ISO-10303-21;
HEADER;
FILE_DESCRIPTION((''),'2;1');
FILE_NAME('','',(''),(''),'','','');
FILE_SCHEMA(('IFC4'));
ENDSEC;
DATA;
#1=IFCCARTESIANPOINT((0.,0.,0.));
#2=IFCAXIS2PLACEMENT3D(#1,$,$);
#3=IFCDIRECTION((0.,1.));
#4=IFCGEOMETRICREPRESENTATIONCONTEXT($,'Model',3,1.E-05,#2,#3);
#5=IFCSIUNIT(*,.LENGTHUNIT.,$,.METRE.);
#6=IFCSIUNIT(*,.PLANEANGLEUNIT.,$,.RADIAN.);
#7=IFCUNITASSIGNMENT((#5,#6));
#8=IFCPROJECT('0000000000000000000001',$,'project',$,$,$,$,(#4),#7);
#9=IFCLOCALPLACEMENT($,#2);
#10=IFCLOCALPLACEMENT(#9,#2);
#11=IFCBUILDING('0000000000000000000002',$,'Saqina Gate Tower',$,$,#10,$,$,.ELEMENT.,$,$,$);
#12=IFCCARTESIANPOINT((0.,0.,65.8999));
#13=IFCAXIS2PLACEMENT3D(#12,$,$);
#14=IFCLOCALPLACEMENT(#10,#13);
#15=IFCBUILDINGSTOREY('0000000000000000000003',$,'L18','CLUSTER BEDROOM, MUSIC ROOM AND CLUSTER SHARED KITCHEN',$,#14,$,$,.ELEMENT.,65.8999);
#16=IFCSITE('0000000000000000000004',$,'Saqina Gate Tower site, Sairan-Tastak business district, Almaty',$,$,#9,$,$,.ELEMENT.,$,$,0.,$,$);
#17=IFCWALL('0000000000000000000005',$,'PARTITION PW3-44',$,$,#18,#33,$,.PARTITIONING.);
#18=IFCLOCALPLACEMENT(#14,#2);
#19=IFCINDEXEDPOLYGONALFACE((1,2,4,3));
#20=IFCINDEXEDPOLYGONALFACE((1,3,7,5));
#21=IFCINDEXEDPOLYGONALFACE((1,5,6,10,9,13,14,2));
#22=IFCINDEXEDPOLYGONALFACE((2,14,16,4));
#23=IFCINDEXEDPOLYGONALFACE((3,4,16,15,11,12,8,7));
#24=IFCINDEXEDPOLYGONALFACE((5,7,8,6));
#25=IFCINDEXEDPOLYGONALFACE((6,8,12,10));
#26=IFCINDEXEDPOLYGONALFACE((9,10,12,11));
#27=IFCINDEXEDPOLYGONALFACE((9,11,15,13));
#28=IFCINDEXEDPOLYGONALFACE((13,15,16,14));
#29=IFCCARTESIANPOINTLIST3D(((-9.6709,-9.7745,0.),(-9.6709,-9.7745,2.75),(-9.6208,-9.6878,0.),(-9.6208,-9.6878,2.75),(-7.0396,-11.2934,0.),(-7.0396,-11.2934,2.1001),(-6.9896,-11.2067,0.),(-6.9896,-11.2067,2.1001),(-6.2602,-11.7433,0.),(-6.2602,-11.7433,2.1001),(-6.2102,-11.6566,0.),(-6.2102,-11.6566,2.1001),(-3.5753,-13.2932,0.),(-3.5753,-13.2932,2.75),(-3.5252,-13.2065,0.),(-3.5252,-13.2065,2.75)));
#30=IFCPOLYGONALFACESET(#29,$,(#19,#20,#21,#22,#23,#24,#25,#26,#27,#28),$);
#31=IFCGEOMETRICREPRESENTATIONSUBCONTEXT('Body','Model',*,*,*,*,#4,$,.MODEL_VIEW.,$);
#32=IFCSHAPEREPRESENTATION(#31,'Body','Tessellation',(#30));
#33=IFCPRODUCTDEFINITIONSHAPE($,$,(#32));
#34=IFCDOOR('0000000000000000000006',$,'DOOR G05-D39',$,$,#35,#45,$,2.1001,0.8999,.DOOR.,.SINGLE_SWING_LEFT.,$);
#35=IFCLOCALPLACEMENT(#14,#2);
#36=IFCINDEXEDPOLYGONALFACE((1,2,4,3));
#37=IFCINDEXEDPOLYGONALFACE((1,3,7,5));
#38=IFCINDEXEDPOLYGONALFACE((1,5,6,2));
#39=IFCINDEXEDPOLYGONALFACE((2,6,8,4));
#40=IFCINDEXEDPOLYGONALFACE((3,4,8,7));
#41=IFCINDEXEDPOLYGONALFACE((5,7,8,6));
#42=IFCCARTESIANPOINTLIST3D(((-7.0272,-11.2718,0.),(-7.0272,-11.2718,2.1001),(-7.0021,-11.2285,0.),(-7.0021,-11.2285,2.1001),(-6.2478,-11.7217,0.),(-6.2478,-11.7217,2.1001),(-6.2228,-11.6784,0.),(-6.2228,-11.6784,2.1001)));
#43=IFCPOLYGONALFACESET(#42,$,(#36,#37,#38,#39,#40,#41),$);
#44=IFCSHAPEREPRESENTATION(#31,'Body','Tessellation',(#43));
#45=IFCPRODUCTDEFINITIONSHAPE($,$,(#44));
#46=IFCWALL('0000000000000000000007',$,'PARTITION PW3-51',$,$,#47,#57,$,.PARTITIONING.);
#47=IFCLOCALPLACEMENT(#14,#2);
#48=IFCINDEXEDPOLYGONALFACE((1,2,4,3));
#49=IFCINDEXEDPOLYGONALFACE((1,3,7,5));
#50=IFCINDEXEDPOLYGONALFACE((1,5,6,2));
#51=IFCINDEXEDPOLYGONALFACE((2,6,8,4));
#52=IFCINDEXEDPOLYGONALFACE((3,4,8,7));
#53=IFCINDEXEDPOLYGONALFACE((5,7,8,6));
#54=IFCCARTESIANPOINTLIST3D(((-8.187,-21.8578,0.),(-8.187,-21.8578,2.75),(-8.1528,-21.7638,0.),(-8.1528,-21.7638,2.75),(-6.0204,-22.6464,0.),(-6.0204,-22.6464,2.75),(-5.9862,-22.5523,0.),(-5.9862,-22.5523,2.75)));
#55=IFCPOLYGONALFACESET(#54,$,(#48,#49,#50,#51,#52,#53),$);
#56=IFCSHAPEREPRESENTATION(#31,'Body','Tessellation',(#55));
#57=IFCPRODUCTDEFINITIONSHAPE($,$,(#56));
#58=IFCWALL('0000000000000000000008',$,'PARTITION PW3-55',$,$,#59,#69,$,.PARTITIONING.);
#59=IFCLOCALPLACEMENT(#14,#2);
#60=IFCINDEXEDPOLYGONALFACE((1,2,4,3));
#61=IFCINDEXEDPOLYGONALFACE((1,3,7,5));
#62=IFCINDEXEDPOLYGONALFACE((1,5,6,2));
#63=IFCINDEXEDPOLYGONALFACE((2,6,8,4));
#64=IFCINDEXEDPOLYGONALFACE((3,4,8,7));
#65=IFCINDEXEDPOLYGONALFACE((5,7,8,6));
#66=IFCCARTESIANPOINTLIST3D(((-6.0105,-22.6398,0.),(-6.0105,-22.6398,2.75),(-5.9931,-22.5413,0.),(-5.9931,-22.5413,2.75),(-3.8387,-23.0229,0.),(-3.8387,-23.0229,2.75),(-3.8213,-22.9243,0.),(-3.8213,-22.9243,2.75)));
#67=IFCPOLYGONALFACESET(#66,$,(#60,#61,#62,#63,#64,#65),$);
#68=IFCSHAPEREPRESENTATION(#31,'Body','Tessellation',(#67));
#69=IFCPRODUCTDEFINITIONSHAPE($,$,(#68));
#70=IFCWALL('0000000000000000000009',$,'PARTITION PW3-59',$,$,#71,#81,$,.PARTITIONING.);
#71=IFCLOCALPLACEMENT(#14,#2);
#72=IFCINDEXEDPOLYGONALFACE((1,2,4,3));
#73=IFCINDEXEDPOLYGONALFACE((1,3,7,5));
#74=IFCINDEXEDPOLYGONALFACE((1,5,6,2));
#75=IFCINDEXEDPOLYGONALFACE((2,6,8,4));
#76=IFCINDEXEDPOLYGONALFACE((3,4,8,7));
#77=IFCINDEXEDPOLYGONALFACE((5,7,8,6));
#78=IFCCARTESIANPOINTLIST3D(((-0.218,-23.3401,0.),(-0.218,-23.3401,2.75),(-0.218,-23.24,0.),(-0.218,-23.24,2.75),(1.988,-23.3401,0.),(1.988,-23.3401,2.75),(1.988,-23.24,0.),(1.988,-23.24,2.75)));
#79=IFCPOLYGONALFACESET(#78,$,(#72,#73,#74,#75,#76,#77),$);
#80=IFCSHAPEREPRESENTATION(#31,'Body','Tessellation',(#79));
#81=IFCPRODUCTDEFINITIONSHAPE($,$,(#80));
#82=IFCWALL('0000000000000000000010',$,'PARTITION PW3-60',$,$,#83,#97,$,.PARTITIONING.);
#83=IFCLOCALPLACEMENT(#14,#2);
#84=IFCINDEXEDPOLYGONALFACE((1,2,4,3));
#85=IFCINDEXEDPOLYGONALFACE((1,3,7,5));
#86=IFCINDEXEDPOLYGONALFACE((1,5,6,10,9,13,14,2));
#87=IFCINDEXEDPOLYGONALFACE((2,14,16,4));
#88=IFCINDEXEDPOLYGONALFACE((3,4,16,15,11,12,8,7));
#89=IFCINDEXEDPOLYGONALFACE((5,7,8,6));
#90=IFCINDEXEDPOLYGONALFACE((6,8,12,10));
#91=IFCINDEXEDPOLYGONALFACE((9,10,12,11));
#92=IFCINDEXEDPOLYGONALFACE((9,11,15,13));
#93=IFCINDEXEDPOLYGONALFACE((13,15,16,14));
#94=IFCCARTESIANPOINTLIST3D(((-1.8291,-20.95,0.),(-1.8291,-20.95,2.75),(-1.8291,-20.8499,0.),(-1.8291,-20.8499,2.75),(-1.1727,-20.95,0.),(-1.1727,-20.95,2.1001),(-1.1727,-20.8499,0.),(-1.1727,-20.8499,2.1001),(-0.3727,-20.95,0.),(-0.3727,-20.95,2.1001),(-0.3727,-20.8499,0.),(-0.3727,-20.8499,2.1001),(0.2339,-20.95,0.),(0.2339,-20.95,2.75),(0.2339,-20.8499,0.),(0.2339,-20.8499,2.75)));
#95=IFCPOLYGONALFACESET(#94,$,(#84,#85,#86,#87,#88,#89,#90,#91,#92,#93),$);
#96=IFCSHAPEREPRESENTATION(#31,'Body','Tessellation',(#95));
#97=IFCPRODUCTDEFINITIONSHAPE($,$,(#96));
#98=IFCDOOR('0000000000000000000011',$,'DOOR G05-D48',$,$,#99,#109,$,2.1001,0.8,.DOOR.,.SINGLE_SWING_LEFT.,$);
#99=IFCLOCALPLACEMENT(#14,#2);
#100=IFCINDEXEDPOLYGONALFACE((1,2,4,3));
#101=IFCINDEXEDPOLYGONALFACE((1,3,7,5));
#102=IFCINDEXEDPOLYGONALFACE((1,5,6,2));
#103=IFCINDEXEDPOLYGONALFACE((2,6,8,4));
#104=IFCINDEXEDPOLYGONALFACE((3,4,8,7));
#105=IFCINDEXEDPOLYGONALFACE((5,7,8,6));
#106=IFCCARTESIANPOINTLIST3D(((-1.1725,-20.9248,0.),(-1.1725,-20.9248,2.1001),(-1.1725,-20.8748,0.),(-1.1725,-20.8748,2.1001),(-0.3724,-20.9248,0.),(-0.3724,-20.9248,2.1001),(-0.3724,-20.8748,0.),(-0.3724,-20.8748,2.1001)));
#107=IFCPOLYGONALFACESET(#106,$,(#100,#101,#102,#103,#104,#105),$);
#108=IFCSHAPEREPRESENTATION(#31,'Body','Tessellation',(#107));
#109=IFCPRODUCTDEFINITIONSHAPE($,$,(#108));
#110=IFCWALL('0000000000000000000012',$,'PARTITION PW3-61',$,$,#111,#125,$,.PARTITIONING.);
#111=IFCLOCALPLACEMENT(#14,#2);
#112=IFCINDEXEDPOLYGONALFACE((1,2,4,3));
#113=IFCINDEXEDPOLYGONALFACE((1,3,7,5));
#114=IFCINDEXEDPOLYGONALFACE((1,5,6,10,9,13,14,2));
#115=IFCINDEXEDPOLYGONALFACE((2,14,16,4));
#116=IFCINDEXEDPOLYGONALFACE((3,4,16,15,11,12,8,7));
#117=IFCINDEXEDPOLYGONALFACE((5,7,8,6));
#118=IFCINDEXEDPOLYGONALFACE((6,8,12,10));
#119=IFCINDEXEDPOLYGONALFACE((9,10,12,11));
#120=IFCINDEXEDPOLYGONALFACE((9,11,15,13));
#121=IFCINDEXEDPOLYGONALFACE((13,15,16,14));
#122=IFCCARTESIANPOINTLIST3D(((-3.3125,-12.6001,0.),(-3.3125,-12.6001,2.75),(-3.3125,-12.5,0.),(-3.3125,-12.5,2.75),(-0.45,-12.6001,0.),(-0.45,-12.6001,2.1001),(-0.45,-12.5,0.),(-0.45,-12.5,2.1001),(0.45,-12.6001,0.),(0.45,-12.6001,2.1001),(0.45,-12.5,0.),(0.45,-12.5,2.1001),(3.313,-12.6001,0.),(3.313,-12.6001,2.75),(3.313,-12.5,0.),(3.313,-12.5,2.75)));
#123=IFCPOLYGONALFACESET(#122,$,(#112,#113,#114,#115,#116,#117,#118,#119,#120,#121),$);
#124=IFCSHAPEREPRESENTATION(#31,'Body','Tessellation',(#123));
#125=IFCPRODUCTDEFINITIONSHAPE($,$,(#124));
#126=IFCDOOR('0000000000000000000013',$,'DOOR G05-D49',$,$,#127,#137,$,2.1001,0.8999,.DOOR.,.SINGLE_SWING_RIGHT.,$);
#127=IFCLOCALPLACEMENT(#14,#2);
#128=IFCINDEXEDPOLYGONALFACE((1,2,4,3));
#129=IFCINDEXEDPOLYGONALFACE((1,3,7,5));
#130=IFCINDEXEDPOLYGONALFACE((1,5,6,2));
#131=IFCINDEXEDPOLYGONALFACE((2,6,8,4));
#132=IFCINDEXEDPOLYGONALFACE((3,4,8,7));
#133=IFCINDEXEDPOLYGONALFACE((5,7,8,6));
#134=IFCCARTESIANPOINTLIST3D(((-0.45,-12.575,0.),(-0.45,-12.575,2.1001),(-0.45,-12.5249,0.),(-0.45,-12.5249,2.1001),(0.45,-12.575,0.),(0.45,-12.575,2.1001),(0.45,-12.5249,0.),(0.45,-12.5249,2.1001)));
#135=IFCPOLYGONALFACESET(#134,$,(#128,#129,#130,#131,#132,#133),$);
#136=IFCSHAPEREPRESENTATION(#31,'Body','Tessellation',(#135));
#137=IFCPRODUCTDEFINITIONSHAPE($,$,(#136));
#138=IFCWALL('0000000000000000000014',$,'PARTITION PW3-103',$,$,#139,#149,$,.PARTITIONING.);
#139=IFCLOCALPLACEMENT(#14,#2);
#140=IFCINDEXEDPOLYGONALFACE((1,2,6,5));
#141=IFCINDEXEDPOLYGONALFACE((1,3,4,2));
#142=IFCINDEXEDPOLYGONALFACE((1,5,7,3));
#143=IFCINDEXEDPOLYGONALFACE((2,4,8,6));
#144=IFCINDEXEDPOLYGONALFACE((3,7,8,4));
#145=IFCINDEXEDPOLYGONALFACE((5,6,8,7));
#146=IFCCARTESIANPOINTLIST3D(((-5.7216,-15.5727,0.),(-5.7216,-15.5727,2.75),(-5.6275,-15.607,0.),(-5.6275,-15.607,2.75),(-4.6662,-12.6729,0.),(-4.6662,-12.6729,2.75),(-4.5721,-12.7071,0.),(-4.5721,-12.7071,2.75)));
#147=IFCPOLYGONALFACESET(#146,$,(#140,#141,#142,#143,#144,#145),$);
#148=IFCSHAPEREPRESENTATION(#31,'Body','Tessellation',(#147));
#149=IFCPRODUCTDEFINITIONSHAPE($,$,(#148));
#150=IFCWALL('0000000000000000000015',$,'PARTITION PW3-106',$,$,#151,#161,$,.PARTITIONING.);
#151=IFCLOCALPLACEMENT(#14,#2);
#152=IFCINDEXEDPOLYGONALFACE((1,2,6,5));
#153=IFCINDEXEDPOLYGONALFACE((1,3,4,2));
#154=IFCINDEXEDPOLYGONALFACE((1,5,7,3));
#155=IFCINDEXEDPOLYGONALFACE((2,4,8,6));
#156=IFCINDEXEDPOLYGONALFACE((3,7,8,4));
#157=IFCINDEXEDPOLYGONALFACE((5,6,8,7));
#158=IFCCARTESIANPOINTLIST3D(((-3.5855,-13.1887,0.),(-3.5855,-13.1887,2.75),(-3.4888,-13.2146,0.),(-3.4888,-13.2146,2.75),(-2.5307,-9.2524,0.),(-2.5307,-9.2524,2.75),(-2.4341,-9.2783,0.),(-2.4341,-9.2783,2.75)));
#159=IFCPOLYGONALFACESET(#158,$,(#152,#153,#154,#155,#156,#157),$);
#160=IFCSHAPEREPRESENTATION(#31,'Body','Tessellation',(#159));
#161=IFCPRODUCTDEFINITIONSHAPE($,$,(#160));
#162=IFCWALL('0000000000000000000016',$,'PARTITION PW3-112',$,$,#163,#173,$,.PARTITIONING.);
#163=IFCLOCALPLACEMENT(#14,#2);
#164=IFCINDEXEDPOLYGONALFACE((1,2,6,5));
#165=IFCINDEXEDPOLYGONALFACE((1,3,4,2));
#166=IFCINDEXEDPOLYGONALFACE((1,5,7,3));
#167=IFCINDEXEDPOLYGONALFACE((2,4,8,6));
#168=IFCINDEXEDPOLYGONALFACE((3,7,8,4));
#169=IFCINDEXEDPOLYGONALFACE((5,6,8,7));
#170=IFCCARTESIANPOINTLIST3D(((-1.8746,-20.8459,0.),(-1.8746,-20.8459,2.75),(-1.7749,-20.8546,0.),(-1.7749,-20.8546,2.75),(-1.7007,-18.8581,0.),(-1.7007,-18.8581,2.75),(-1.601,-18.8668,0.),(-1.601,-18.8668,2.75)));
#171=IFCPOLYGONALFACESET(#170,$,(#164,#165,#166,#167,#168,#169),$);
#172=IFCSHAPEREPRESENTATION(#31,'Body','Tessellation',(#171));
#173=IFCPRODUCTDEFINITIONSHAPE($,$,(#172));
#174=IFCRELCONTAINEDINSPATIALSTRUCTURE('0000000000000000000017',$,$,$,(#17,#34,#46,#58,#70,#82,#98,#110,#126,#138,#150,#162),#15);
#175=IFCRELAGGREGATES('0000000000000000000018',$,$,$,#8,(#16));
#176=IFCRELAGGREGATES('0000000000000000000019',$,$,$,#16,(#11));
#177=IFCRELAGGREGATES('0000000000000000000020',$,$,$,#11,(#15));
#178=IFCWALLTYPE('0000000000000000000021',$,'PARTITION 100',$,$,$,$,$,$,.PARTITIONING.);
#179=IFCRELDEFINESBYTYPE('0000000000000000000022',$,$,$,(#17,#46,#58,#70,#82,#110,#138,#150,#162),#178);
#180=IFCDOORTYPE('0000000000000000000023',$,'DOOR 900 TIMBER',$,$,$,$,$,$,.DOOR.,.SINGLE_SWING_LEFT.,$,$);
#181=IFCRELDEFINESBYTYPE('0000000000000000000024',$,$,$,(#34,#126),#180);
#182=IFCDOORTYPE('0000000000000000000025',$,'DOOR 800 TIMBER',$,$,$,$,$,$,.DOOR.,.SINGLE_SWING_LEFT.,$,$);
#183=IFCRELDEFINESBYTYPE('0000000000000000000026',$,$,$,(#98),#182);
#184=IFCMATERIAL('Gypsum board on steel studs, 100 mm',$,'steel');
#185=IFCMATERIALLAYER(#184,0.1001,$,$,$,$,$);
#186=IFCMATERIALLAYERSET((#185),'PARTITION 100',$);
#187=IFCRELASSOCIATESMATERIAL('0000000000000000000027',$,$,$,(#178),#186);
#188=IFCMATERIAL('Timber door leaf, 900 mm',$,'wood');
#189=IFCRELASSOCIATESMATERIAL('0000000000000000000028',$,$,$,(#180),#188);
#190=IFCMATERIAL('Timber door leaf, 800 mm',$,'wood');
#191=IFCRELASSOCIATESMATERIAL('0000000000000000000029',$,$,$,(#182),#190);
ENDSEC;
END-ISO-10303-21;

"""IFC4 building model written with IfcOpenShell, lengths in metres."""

from ifc_helpers import new_model, si_unit, direction, frame, frame_2d, origin, place, context, subcontext, project, spatial, rectangle, extrude, material, layer, layer_set, type_object, element, fill, save


model = new_model("IFC4")

# Units and contexts
model_context = context("Model", 3, precision=1e-05, world=origin(), true_north=direction((0.0, 1.0)))
body_context = subcontext(model_context, "Body", "Model", "MODEL_VIEW")
ifc_project = project(units=[si_unit("LENGTHUNIT", "METRE"), si_unit("PLANEANGLEUNIT", "RADIAN")], contexts=[model_context])

# Site, building, storey
site_placement = place(None, origin())
site = spatial("IfcSite", under=ifc_project, at=site_placement, Name="Saqina Gate Tower site, Sairan-Tastak business district, Almaty", CompositionType="ELEMENT", RefElevation=0.0)
building_placement = place(site_placement, origin())
building = spatial("IfcBuilding", under=site, at=building_placement, Name="Saqina Gate Tower", CompositionType="ELEMENT")
storey_placement = place(building_placement, frame((0.0, 0.0, 65.8999)))
storey = spatial("IfcBuildingStorey", under=building, at=storey_placement, Name="L18", Description="CLUSTER BEDROOM, MUSIC ROOM AND CLUSTER SHARED KITCHEN", CompositionType="ELEMENT", Elevation=65.8999)

# Wall, opening, door
ifc_material_1 = material(Name="Gypsum board on steel studs, 100 mm", Category="steel")
ifc_layer_1 = layer(ifc_material_1, 0.1001)
ifc_layer_set_1 = layer_set([ifc_layer_1], Name="PARTITION 100")
wall_type_1 = type_object("IfcWallType", Name="PARTITION 100", PredefinedType="PARTITIONING", material=ifc_layer_set_1)
wall_1_placement = place(storey_placement, frame((-9.6458, -9.7312, 0.0), z_axis=(0.0, 0.0, 1.0), x_axis=(0.86606, -0.499941, 0.0)))
wall_1 = element("IfcWall", 1, at=wall_1_placement, inside=storey, type_object=wall_type_1, Name="PARTITION PW3-44", PredefinedType="PARTITIONING", context=body_context, shape_type="SweptSolid", body=[
    extrude(rectangle(XDim=7.0383, YDim=0.1001, at=frame_2d((3.519, 0.0))), origin(), (0.0, 0.0, 1.0), 2.75),
])
opening_1_placement = place(wall_1_placement, frame((3.0381, 0.0, 0.0)))
opening_1 = element("IfcOpeningElement", 2, at=opening_1_placement, cuts=wall_1, PredefinedType="OPENING", context=body_context, shape_type="SweptSolid", body=[
    extrude(rectangle(XDim=0.8999, YDim=2.1001, at=frame_2d((0.45, 1.05))), frame((0.0, 0.062, 0.0), z_axis=(0.0, -1.0, 0.0), x_axis=(1.0, 0.0, 0.0)), (0.0, 0.0, 1.0), 0.124),
])
ifc_material_2 = material(Name="Timber door leaf, 900 mm", Category="wood")
door_type_1 = type_object("IfcDoorType", Name="DOOR 900 TIMBER", OperationType="SINGLE_SWING_LEFT", PredefinedType="DOOR", material=ifc_material_2)
door_1_placement = place(opening_1_placement, origin())
door_1 = element("IfcDoor", 3, at=door_1_placement, inside=storey, type_object=door_type_1, Name="DOOR G05-D39", OperationType="SINGLE_SWING_LEFT", OverallHeight=2.1001, OverallWidth=0.8999, PredefinedType="DOOR", context=body_context, shape_type="SweptSolid", body=[
    extrude(rectangle(XDim=0.8999, YDim=2.1001, at=frame_2d((0.45, 1.05))), frame((0.0, 0.0249, 0.0), z_axis=(0.0, -1.0, 0.0), x_axis=(1.0, 0.0, 0.0)), (0.0, 0.0, 1.0), 0.05),
])
fill(opening_1, door_1)

# Walls
wall_2_placement = place(storey_placement, frame((-8.1699, -21.8108, 0.0), z_axis=(0.0, 0.0, 1.0), x_axis=(0.939701, -0.341998, 0.0)))
element("IfcWall", 4, at=wall_2_placement, inside=storey, type_object=wall_type_1, Name="PARTITION PW3-51", PredefinedType="PARTITIONING", context=body_context, shape_type="SweptSolid", body=[
    extrude(rectangle(XDim=2.3057, YDim=0.1001, at=frame_2d((1.1528, 0.0))), origin(), (0.0, 0.0, 1.0), 2.75),
])
wall_3_placement = place(storey_placement, frame((-6.0017, -22.5906, 0.0), z_axis=(0.0, 0.0, 1.0), x_axis=(0.9848, -0.173691, 0.0)))
element("IfcWall", 5, at=wall_3_placement, inside=storey, type_object=wall_type_1, Name="PARTITION PW3-55", PredefinedType="PARTITIONING", context=body_context, shape_type="SweptSolid", body=[
    extrude(rectangle(XDim=2.2053, YDim=0.1001, at=frame_2d((1.1025, 0.0))), origin(), (0.0, 0.0, 1.0), 2.75),
])
wall_4_placement = place(storey_placement, frame((-0.218, -23.29, 0.0), z_axis=(0.0, 0.0, 1.0), x_axis=(1.0, 0.0, 0.0)))
element("IfcWall", 6, at=wall_4_placement, inside=storey, type_object=wall_type_1, Name="PARTITION PW3-59", PredefinedType="PARTITIONING", context=body_context, shape_type="SweptSolid", body=[
    extrude(rectangle(XDim=2.2061, YDim=0.1001, at=frame_2d((1.103, 0.0))), origin(), (0.0, 0.0, 1.0), 2.75),
])

# Walls, openings, doors
wall_5_placement = place(storey_placement, frame((-1.8291, -20.8999, 0.0), z_axis=(0.0, 0.0, 1.0), x_axis=(1.0, 0.0, 0.0)))
wall_5 = element("IfcWall", 7, at=wall_5_placement, inside=storey, type_object=wall_type_1, Name="PARTITION PW3-60", PredefinedType="PARTITIONING", context=body_context, shape_type="SweptSolid", body=[
    extrude(rectangle(XDim=2.063, YDim=0.1001, at=frame_2d((1.0315, 0.0))), origin(), (0.0, 0.0, 1.0), 2.75),
])
opening_2_placement = place(wall_5_placement, frame((0.6565, 0.0, 0.0)))
opening_2 = element("IfcOpeningElement", 8, at=opening_2_placement, cuts=wall_5, PredefinedType="OPENING", context=body_context, shape_type="SweptSolid", body=[
    extrude(rectangle(XDim=0.8, YDim=2.1001, at=frame_2d((0.3999, 1.05))), frame((0.0, 0.062, 0.0), z_axis=(0.0, -1.0, 0.0), x_axis=(1.0, 0.0, 0.0)), (0.0, 0.0, 1.0), 0.124),
])
ifc_material_3 = material(Name="Timber door leaf, 800 mm", Category="wood")
door_type_2 = type_object("IfcDoorType", Name="DOOR 800 TIMBER", OperationType="SINGLE_SWING_LEFT", PredefinedType="DOOR", material=ifc_material_3)
door_2_placement = place(opening_2_placement, frame((0.8, 0.0, 0.0), z_axis=(0.0, 0.0, 1.0), x_axis=(-1.0, 0.0, 0.0)))
door_2 = element("IfcDoor", 9, at=door_2_placement, inside=storey, type_object=door_type_2, Name="DOOR G05-D48", OperationType="SINGLE_SWING_LEFT", OverallHeight=2.1001, OverallWidth=0.8, PredefinedType="DOOR", context=body_context, shape_type="SweptSolid", body=[
    extrude(rectangle(XDim=0.8, YDim=2.1001, at=frame_2d((0.3999, 1.05))), frame((0.0, 0.0249, 0.0), z_axis=(0.0, -1.0, 0.0), x_axis=(1.0, 0.0, 0.0)), (0.0, 0.0, 1.0), 0.05),
])
fill(opening_2, door_2)
wall_6_placement = place(storey_placement, frame((-3.3125, -12.55, 0.0), z_axis=(0.0, 0.0, 1.0), x_axis=(1.0, 0.0, 0.0)))
wall_6 = element("IfcWall", 10, at=wall_6_placement, inside=storey, type_object=wall_type_1, Name="PARTITION PW3-61", PredefinedType="PARTITIONING", context=body_context, shape_type="SweptSolid", body=[
    extrude(rectangle(XDim=6.6255, YDim=0.1001, at=frame_2d((3.3127, 0.0))), origin(), (0.0, 0.0, 1.0), 2.75),
])
opening_3_placement = place(wall_6_placement, frame((2.8625, 0.0, 0.0)))
opening_3 = element("IfcOpeningElement", 11, at=opening_3_placement, cuts=wall_6, PredefinedType="OPENING", context=body_context, shape_type="SweptSolid", body=[
    extrude(rectangle(XDim=0.8999, YDim=2.1001, at=frame_2d((0.45, 1.05))), frame((0.0, 0.062, 0.0), z_axis=(0.0, -1.0, 0.0), x_axis=(1.0, 0.0, 0.0)), (0.0, 0.0, 1.0), 0.124),
])
door_3_placement = place(opening_3_placement, frame((0.8999, 0.0, 0.0), z_axis=(0.0, 0.0, 1.0), x_axis=(-1.0, 0.0, 0.0)))
door_3 = element("IfcDoor", 12, at=door_3_placement, inside=storey, type_object=door_type_1, Name="DOOR G05-D49", OperationType="SINGLE_SWING_RIGHT", OverallHeight=2.1001, OverallWidth=0.8999, PredefinedType="DOOR", context=body_context, shape_type="SweptSolid", body=[
    extrude(rectangle(XDim=0.8999, YDim=2.1001, at=frame_2d((0.45, 1.05))), frame((0.0, 0.0249, 0.0), z_axis=(0.0, -1.0, 0.0), x_axis=(1.0, 0.0, 0.0)), (0.0, 0.0, 1.0), 0.05),
])
fill(opening_3, door_3)

# Walls
wall_7_placement = place(storey_placement, frame((-5.6746, -15.5898, 0.0), z_axis=(0.0, 0.0, 1.0), x_axis=(0.342003, 0.939699, 0.0)))
element("IfcWall", 13, at=wall_7_placement, inside=storey, type_object=wall_type_1, Name="PARTITION PW3-103", PredefinedType="PARTITIONING", context=body_context, shape_type="SweptSolid", body=[
    extrude(rectangle(XDim=3.0859, YDim=0.1001, at=frame_2d((1.543, 0.0))), origin(), (0.0, 0.0, 1.0), 2.75),
])
wall_8_placement = place(storey_placement, frame((-3.5371, -13.2017, 0.0), z_axis=(0.0, 0.0, 1.0), x_axis=(0.258811, 0.965928, 0.0)))
element("IfcWall", 14, at=wall_8_placement, inside=storey, type_object=wall_type_1, Name="PARTITION PW3-106", PredefinedType="PARTITIONING", context=body_context, shape_type="SweptSolid", body=[
    extrude(rectangle(XDim=4.0752, YDim=0.1001, at=frame_2d((2.0376, 0.0))), origin(), (0.0, 0.0, 1.0), 2.75),
])
wall_9_placement = place(storey_placement, frame((-1.8247, -20.8501, 0.0), z_axis=(0.0, 0.0, 1.0), x_axis=(0.087115, 0.996198, 0.0)))
element("IfcWall", 15, at=wall_9_placement, inside=storey, type_object=wall_type_1, Name="PARTITION PW3-112", PredefinedType="PARTITIONING", context=body_context, shape_type="SweptSolid", body=[
    extrude(rectangle(XDim=1.9954, YDim=0.1001, at=frame_2d((0.9976, 0.0))), origin(), (0.0, 0.0, 1.0), 2.75),
])

save(model, "model.ifc")
